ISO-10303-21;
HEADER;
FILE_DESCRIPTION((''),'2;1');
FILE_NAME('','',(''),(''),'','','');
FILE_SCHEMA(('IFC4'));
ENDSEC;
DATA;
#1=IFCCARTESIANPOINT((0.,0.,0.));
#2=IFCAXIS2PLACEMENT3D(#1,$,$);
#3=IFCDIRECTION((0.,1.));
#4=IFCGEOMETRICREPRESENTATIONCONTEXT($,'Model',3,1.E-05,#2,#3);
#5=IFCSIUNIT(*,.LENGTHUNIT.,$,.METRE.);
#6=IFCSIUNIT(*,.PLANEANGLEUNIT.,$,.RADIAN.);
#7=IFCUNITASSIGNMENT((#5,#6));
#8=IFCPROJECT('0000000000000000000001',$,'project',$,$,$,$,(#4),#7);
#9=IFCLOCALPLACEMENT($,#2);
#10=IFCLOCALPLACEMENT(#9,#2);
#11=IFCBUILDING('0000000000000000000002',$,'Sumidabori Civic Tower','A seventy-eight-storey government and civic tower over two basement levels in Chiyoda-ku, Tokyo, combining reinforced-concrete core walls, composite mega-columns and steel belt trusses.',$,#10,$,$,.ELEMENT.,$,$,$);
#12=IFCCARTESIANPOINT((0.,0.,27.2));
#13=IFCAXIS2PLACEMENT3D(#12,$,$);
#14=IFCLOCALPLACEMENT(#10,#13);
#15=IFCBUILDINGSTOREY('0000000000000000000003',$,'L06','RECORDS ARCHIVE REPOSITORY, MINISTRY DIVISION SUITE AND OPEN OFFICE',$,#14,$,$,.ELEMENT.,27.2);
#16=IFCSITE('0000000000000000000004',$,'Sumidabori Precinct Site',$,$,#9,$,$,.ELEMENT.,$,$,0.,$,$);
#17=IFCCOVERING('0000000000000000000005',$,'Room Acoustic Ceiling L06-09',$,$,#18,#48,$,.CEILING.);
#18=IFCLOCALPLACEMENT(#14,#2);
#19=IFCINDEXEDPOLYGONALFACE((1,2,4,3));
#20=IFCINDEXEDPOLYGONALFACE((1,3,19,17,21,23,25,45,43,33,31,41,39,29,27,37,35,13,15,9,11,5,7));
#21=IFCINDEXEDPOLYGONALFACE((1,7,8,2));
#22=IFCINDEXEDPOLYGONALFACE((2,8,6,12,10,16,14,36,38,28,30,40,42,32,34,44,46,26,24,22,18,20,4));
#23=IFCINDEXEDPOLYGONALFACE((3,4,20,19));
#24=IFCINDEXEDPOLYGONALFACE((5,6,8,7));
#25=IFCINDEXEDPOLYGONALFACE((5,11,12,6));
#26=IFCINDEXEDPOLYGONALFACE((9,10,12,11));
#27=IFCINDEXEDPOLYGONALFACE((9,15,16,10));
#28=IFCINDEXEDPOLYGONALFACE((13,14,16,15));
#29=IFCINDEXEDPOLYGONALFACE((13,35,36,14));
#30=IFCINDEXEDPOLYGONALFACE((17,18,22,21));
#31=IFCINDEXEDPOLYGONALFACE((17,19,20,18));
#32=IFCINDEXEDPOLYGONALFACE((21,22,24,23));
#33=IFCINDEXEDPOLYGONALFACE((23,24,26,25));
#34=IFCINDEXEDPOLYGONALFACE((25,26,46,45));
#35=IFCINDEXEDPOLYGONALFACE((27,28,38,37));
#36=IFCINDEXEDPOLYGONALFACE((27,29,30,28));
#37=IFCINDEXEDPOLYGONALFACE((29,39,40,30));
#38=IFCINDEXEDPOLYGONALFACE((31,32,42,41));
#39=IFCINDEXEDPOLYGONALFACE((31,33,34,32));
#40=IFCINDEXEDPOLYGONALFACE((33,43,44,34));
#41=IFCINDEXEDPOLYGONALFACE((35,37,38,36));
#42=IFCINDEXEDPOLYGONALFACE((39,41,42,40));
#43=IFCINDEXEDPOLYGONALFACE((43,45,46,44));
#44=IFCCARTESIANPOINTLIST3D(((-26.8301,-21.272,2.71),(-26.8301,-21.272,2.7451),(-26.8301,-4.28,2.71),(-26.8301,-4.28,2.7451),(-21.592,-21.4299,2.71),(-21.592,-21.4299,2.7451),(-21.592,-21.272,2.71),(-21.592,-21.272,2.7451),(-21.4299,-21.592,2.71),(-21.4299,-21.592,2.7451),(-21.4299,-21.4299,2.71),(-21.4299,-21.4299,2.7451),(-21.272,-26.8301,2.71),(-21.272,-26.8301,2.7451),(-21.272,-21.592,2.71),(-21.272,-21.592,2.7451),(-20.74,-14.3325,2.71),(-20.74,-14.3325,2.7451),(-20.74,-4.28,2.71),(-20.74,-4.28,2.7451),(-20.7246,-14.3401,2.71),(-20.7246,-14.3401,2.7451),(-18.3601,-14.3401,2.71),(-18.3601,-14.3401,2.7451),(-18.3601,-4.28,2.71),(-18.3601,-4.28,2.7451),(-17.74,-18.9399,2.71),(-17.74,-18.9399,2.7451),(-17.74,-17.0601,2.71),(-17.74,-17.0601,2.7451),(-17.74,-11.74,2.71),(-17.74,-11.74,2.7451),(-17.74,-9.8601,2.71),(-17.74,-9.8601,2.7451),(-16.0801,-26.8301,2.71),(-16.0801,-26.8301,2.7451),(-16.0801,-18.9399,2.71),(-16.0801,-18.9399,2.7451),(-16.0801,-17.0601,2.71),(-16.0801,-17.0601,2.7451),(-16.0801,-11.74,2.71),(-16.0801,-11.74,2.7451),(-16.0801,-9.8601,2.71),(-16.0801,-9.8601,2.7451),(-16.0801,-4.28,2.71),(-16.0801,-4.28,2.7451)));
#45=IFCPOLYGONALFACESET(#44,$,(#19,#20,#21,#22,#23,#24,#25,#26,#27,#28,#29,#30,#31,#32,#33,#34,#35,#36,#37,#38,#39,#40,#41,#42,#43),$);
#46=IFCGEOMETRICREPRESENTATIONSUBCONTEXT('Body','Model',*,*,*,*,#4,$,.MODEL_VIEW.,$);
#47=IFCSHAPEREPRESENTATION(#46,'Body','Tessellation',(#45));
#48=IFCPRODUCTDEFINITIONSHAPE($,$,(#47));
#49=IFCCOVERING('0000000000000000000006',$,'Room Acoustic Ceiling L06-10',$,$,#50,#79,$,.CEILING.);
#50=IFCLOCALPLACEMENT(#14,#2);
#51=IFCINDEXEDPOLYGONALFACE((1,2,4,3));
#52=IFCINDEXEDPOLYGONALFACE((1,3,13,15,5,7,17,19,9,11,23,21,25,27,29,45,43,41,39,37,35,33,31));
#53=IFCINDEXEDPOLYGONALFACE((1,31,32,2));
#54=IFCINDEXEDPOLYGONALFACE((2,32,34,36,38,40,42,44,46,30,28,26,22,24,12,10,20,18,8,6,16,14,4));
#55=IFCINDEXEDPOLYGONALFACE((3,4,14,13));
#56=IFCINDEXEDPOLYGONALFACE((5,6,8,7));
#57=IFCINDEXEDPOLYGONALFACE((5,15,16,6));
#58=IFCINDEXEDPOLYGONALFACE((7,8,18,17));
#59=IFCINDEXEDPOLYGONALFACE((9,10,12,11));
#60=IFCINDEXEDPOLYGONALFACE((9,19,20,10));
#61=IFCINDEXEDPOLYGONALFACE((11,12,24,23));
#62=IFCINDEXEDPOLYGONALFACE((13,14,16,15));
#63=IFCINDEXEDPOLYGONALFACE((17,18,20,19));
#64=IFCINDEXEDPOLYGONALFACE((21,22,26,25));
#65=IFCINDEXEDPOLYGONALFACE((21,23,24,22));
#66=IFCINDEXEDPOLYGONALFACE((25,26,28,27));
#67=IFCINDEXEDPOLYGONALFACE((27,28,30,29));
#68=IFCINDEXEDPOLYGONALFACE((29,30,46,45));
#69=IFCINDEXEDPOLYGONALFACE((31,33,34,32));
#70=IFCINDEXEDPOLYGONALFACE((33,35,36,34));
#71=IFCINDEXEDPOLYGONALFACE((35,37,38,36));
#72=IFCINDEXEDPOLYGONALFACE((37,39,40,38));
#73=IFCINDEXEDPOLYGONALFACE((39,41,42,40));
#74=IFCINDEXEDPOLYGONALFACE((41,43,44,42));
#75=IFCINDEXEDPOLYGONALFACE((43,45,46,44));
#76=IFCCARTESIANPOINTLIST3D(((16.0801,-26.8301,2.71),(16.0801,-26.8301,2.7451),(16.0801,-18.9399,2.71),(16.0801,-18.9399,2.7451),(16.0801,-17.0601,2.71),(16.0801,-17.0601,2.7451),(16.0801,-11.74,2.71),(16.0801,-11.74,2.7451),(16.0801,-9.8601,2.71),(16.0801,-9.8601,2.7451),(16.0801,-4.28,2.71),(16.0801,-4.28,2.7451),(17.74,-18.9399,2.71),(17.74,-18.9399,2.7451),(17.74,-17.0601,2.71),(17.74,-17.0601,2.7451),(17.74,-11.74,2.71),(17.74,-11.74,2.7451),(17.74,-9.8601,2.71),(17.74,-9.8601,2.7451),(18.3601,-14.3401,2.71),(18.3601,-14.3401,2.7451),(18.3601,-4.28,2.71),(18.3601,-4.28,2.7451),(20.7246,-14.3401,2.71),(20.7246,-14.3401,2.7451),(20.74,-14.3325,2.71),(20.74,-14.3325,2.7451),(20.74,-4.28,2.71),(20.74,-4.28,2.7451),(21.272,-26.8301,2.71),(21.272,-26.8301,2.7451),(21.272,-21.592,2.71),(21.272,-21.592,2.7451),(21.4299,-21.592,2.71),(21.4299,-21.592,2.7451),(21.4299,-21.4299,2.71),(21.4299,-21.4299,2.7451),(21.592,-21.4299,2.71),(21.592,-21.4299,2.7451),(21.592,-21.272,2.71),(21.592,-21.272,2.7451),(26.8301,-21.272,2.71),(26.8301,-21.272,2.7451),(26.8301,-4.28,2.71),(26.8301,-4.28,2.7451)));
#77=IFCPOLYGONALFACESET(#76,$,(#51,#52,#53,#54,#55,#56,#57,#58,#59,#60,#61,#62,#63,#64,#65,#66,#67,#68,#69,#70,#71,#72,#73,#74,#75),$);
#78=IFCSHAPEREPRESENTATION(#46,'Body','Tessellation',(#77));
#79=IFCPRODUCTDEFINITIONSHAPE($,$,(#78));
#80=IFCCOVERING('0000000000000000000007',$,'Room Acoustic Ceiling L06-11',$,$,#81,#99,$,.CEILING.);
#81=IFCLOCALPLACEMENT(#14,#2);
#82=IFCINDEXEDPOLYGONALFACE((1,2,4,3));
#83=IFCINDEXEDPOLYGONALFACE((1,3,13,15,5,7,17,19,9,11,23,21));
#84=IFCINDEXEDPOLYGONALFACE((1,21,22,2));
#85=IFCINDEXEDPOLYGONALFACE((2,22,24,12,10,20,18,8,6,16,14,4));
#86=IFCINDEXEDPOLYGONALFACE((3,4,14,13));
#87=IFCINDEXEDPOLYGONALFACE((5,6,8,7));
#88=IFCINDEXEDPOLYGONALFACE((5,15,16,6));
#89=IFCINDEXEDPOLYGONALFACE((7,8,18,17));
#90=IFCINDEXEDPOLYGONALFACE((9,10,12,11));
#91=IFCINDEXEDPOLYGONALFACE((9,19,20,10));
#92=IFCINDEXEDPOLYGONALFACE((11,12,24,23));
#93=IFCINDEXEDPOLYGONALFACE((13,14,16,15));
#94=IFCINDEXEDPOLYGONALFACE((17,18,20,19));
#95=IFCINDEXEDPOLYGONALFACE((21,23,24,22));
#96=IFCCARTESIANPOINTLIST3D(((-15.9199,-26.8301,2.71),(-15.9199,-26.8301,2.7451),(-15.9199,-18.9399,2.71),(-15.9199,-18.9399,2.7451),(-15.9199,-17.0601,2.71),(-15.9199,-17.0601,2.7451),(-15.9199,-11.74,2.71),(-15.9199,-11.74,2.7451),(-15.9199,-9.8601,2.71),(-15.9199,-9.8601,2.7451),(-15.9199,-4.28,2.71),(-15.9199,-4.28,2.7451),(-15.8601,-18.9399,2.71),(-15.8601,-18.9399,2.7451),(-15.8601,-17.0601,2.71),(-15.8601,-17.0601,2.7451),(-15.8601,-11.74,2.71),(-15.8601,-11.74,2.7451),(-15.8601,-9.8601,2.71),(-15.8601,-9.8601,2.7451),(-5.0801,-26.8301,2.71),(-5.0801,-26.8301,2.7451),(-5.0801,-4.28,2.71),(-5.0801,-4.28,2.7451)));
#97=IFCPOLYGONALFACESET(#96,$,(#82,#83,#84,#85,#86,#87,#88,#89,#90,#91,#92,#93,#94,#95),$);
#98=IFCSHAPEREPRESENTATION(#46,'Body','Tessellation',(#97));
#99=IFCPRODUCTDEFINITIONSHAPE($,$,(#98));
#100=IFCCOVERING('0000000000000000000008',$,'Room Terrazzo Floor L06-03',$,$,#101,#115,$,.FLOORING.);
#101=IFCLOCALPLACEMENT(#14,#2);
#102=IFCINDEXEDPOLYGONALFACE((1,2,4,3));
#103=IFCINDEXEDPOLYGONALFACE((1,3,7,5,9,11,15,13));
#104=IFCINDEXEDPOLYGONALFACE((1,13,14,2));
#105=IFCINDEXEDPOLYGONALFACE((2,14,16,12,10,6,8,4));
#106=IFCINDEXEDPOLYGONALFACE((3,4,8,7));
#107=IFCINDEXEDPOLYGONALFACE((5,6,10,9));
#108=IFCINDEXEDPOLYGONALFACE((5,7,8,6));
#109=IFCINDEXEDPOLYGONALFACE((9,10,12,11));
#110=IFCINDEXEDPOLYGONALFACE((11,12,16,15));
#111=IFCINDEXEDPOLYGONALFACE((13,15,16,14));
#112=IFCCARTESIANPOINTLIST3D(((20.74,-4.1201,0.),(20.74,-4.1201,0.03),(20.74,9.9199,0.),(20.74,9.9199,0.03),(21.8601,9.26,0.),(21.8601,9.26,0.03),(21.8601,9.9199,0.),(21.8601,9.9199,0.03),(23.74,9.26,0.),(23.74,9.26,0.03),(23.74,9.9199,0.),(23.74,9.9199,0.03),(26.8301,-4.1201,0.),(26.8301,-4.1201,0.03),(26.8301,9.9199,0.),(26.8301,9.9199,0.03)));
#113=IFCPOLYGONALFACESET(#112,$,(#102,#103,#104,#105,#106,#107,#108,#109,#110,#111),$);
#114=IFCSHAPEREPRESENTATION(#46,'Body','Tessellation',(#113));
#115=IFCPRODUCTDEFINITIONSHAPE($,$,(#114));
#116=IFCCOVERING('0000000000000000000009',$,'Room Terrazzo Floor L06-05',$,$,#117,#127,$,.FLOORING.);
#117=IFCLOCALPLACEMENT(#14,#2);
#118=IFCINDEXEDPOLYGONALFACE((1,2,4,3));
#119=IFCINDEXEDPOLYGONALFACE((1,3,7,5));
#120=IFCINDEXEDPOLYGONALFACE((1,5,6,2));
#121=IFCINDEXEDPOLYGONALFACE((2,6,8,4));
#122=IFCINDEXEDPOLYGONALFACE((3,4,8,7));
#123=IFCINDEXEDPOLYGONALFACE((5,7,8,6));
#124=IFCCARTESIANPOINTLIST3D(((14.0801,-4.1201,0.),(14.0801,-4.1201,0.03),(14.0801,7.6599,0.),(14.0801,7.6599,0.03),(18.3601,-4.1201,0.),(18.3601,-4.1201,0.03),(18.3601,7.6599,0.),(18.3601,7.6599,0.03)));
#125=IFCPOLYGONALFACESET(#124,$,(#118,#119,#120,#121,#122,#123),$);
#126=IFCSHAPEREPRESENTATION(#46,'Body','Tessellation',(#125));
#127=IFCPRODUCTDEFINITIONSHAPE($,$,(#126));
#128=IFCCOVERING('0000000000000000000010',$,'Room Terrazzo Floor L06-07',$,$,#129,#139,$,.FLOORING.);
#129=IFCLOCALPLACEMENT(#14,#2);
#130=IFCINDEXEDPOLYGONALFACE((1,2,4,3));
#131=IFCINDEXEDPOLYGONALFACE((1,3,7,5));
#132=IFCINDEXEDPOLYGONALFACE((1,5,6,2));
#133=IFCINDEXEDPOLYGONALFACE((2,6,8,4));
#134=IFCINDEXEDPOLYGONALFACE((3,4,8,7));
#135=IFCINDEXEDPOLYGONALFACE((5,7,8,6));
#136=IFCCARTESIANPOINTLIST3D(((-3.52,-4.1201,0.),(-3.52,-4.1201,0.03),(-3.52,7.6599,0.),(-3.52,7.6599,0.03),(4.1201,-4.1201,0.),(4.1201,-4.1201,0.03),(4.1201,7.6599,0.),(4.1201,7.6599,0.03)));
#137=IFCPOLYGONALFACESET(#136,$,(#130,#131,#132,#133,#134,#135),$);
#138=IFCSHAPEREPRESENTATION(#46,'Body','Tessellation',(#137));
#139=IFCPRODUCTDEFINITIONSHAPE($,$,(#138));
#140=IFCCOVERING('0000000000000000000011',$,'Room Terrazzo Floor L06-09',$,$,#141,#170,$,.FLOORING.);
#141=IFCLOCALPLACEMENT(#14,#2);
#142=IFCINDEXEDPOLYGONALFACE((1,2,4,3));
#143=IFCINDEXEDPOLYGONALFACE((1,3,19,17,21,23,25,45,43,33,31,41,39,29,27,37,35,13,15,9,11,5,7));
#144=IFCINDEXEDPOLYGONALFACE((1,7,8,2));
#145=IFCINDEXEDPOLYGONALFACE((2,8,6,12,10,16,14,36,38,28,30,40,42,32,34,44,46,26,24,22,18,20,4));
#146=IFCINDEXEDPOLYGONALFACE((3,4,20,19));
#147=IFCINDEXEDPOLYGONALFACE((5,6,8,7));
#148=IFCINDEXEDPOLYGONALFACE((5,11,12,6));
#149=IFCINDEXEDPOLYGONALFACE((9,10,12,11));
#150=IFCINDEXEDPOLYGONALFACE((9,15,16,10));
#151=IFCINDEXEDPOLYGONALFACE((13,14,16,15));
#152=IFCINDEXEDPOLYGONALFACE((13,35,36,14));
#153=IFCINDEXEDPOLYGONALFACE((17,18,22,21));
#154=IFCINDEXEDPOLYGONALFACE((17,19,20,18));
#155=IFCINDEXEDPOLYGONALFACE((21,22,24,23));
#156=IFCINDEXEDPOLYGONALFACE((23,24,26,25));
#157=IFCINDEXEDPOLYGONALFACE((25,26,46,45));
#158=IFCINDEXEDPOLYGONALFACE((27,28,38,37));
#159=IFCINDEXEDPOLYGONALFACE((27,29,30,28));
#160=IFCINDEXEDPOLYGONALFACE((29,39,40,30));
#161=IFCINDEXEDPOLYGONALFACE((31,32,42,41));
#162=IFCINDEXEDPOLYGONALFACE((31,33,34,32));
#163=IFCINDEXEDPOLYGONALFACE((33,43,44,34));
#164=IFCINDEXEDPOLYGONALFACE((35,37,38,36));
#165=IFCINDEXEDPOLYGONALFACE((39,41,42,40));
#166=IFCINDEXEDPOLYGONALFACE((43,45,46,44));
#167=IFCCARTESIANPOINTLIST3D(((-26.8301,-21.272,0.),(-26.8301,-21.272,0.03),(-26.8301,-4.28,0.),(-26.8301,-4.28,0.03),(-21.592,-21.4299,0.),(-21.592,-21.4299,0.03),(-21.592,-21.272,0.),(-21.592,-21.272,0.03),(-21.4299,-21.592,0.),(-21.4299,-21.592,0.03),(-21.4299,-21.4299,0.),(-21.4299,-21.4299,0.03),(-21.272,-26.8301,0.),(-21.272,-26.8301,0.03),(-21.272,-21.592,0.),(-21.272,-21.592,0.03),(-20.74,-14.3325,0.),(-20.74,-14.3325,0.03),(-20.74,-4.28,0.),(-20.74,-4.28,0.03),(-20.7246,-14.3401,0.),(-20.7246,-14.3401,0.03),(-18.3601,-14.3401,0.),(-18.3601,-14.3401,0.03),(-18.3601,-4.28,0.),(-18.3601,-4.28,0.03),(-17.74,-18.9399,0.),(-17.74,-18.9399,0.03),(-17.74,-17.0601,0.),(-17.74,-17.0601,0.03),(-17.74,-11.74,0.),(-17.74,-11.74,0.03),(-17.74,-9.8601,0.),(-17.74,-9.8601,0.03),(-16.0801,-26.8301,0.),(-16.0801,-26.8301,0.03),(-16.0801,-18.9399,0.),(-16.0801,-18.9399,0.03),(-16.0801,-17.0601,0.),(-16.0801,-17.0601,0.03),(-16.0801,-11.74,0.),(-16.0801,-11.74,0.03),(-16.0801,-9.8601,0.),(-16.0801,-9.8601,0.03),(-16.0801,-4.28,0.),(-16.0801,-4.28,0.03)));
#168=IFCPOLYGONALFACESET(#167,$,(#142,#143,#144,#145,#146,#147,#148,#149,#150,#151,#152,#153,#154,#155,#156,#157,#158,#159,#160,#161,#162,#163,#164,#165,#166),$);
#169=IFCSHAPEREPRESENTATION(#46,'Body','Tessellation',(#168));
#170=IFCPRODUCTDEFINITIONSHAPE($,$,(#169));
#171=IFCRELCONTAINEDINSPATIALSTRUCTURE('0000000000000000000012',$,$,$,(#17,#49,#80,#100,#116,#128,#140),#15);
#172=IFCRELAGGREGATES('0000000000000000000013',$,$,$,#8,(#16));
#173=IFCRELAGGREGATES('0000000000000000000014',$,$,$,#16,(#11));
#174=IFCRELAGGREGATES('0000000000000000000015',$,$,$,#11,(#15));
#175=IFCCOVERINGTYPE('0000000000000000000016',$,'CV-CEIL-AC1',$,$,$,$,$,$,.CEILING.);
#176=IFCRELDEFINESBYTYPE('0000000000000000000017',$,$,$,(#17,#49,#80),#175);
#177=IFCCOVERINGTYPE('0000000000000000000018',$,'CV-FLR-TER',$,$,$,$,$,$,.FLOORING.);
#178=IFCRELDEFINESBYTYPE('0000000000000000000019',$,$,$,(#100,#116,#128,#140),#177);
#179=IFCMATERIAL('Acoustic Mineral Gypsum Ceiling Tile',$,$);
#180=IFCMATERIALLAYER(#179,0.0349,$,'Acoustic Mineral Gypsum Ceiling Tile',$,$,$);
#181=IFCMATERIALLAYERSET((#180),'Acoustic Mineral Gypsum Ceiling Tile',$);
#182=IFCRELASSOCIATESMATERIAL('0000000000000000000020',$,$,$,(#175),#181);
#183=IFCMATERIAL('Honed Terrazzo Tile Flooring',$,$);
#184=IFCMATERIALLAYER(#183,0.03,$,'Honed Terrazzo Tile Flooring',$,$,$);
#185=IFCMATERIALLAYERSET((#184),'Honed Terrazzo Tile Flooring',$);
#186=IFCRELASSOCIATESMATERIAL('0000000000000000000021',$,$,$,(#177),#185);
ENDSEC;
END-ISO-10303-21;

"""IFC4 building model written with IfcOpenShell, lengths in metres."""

from ifc_helpers import new_model, si_unit, direction, frame, origin, place, context, subcontext, project, spatial, polyline, outline, extrude, material, layer, layer_set, type_object, element, save


model = new_model("IFC4")

# Units and contexts
model_context = context("Model", 3, precision=1e-05, world=origin(), true_north=direction((0.0, 1.0)))
body_context = subcontext(model_context, "Body", "Model", "MODEL_VIEW")
ifc_project = project(units=[si_unit("LENGTHUNIT", "METRE"), si_unit("PLANEANGLEUNIT", "RADIAN")], contexts=[model_context])

# Site, building, storey
site_placement = place(None, origin())
site = spatial("IfcSite", under=ifc_project, at=site_placement, Name="Sumidabori Precinct Site", CompositionType="ELEMENT", RefElevation=0.0)
building_placement = place(site_placement, origin())
building = spatial("IfcBuilding", under=site, at=building_placement, Name="Sumidabori Civic Tower", Description="A seventy-eight-storey government and civic tower over two basement levels in Chiyoda-ku, Tokyo, combining reinforced-concrete core walls, composite mega-columns and steel belt trusses.", CompositionType="ELEMENT")
storey_placement = place(building_placement, frame((0.0, 0.0, 27.2)))
storey = spatial("IfcBuildingStorey", under=building, at=storey_placement, Name="L06", Description="RECORDS ARCHIVE REPOSITORY, MINISTRY DIVISION SUITE AND OPEN OFFICE", CompositionType="ELEMENT", Elevation=27.2)

# Coverings
ifc_material_1 = material(Name="Acoustic Mineral Gypsum Ceiling Tile")
ifc_layer_1 = layer(ifc_material_1, 0.0349, Name="Acoustic Mineral Gypsum Ceiling Tile")
ifc_layer_set_1 = layer_set([ifc_layer_1], Name="Acoustic Mineral Gypsum Ceiling Tile")
covering_type_1 = type_object("IfcCoveringType", Name="CV-CEIL-AC1", PredefinedType="CEILING", material=ifc_layer_set_1)
covering_1_placement = place(storey_placement, frame((0.0, 0.0, 2.71)))
element("IfcCovering", 1, at=covering_1_placement, inside=storey, type_object=covering_type_1, Name="Room Acoustic Ceiling L06-09", PredefinedType="CEILING", context=body_context, shape_type="SweptSolid", body=[
    extrude(outline(polyline([(-26.8301, -21.272), (-26.8301, -4.28), (-20.74, -4.28), (-20.74, -14.3325), (-20.7246, -14.3401), (-18.3601, -14.3401), (-18.3601, -4.28), (-16.0801, -4.28), (-16.0801, -9.8601), (-17.74, -9.8601), (-17.74, -11.74), (-16.0801, -11.74), (-16.0801, -17.0601), (-17.74, -17.0601), (-17.74, -18.9399), (-16.0801, -18.9399), (-16.0801, -26.8301), (-21.272, -26.8301), (-21.272, -21.592), (-21.4299, -21.592), (-21.4299, -21.4299), (-21.592, -21.4299), (-21.592, -21.272), (-26.8301, -21.272)])), origin(), (0.0, 0.0, 1.0), 0.0352),
])
covering_2_placement = place(storey_placement, frame((0.0, 0.0, 2.71)))
element("IfcCovering", 2, at=covering_2_placement, inside=storey, type_object=covering_type_1, Name="Room Acoustic Ceiling L06-10", PredefinedType="CEILING", context=body_context, shape_type="SweptSolid", body=[
    extrude(outline(polyline([(18.3601, -14.3401), (20.7246, -14.3401), (20.74, -14.3325), (20.74, -4.28), (26.8301, -4.28), (26.8301, -21.272), (21.592, -21.272), (21.592, -21.4299), (21.4299, -21.4299), (21.4299, -21.592), (21.272, -21.592), (21.272, -26.8301), (16.0801, -26.8301), (16.0801, -18.9399), (17.74, -18.9399), (17.74, -17.0601), (16.0801, -17.0601), (16.0801, -11.74), (17.74, -11.74), (17.74, -9.8601), (16.0801, -9.8601), (16.0801, -4.28), (18.3601, -4.28), (18.3601, -14.3401)])), origin(), (0.0, 0.0, 1.0), 0.0352),
])
covering_3_placement = place(storey_placement, frame((0.0, 0.0, 2.71)))
element("IfcCovering", 3, at=covering_3_placement, inside=storey, type_object=covering_type_1, Name="Room Acoustic Ceiling L06-11", PredefinedType="CEILING", context=body_context, shape_type="SweptSolid", body=[
    extrude(outline(polyline([(-15.8601, -17.0601), (-15.9199, -17.0601), (-15.9199, -11.74), (-15.8601, -11.74), (-15.8601, -9.8601), (-15.9199, -9.8601), (-15.9199, -4.28), (-5.0801, -4.28), (-5.0801, -26.8301), (-15.9199, -26.8301), (-15.9199, -18.9399), (-15.8601, -18.9399), (-15.8601, -17.0601)])), origin(), (0.0, 0.0, 1.0), 0.0352),
])
ifc_material_2 = material(Name="Honed Terrazzo Tile Flooring")
ifc_layer_2 = layer(ifc_material_2, 0.03, Name="Honed Terrazzo Tile Flooring")
ifc_layer_set_2 = layer_set([ifc_layer_2], Name="Honed Terrazzo Tile Flooring")
covering_type_2 = type_object("IfcCoveringType", Name="CV-FLR-TER", PredefinedType="FLOORING", material=ifc_layer_set_2)
covering_4_placement = place(storey_placement, origin())
element("IfcCovering", 4, at=covering_4_placement, inside=storey, type_object=covering_type_2, Name="Room Terrazzo Floor L06-03", PredefinedType="FLOORING", context=body_context, shape_type="SweptSolid", body=[
    extrude(outline(polyline([(20.74, 9.9199), (21.8601, 9.9199), (21.8601, 9.26), (23.74, 9.26), (23.74, 9.9199), (26.8301, 9.9199), (26.8301, -4.1201), (20.74, -4.1201), (20.74, 9.9199)])), origin(), (0.0, 0.0, 1.0), 0.03),
])
covering_5_placement = place(storey_placement, origin())
element("IfcCovering", 5, at=covering_5_placement, inside=storey, type_object=covering_type_2, Name="Room Terrazzo Floor L06-05", PredefinedType="FLOORING", context=body_context, shape_type="SweptSolid", body=[
    extrude(outline(polyline([(14.0801, 7.6599), (18.3601, 7.6599), (18.3601, -4.1201), (14.0801, -4.1201), (14.0801, 7.6599)])), origin(), (0.0, 0.0, 1.0), 0.03),
])
covering_6_placement = place(storey_placement, origin())
element("IfcCovering", 6, at=covering_6_placement, inside=storey, type_object=covering_type_2, Name="Room Terrazzo Floor L06-07", PredefinedType="FLOORING", context=body_context, shape_type="SweptSolid", body=[
    extrude(outline(polyline([(-3.52, 7.6599), (4.1201, 7.6599), (4.1201, -4.1201), (-3.52, -4.1201), (-3.52, 7.6599)])), origin(), (0.0, 0.0, 1.0), 0.03),
])
covering_7_placement = place(storey_placement, origin())
element("IfcCovering", 7, at=covering_7_placement, inside=storey, type_object=covering_type_2, Name="Room Terrazzo Floor L06-09", PredefinedType="FLOORING", context=body_context, shape_type="SweptSolid", body=[
    extrude(outline(polyline([(-26.8301, -21.272), (-26.8301, -4.28), (-20.74, -4.28), (-20.74, -14.3325), (-20.7246, -14.3401), (-18.3601, -14.3401), (-18.3601, -4.28), (-16.0801, -4.28), (-16.0801, -9.8601), (-17.74, -9.8601), (-17.74, -11.74), (-16.0801, -11.74), (-16.0801, -17.0601), (-17.74, -17.0601), (-17.74, -18.9399), (-16.0801, -18.9399), (-16.0801, -26.8301), (-21.272, -26.8301), (-21.272, -21.592), (-21.4299, -21.592), (-21.4299, -21.4299), (-21.592, -21.4299), (-21.592, -21.272), (-26.8301, -21.272)])), origin(), (0.0, 0.0, 1.0), 0.03),
])

save(model, "model.ifc")
